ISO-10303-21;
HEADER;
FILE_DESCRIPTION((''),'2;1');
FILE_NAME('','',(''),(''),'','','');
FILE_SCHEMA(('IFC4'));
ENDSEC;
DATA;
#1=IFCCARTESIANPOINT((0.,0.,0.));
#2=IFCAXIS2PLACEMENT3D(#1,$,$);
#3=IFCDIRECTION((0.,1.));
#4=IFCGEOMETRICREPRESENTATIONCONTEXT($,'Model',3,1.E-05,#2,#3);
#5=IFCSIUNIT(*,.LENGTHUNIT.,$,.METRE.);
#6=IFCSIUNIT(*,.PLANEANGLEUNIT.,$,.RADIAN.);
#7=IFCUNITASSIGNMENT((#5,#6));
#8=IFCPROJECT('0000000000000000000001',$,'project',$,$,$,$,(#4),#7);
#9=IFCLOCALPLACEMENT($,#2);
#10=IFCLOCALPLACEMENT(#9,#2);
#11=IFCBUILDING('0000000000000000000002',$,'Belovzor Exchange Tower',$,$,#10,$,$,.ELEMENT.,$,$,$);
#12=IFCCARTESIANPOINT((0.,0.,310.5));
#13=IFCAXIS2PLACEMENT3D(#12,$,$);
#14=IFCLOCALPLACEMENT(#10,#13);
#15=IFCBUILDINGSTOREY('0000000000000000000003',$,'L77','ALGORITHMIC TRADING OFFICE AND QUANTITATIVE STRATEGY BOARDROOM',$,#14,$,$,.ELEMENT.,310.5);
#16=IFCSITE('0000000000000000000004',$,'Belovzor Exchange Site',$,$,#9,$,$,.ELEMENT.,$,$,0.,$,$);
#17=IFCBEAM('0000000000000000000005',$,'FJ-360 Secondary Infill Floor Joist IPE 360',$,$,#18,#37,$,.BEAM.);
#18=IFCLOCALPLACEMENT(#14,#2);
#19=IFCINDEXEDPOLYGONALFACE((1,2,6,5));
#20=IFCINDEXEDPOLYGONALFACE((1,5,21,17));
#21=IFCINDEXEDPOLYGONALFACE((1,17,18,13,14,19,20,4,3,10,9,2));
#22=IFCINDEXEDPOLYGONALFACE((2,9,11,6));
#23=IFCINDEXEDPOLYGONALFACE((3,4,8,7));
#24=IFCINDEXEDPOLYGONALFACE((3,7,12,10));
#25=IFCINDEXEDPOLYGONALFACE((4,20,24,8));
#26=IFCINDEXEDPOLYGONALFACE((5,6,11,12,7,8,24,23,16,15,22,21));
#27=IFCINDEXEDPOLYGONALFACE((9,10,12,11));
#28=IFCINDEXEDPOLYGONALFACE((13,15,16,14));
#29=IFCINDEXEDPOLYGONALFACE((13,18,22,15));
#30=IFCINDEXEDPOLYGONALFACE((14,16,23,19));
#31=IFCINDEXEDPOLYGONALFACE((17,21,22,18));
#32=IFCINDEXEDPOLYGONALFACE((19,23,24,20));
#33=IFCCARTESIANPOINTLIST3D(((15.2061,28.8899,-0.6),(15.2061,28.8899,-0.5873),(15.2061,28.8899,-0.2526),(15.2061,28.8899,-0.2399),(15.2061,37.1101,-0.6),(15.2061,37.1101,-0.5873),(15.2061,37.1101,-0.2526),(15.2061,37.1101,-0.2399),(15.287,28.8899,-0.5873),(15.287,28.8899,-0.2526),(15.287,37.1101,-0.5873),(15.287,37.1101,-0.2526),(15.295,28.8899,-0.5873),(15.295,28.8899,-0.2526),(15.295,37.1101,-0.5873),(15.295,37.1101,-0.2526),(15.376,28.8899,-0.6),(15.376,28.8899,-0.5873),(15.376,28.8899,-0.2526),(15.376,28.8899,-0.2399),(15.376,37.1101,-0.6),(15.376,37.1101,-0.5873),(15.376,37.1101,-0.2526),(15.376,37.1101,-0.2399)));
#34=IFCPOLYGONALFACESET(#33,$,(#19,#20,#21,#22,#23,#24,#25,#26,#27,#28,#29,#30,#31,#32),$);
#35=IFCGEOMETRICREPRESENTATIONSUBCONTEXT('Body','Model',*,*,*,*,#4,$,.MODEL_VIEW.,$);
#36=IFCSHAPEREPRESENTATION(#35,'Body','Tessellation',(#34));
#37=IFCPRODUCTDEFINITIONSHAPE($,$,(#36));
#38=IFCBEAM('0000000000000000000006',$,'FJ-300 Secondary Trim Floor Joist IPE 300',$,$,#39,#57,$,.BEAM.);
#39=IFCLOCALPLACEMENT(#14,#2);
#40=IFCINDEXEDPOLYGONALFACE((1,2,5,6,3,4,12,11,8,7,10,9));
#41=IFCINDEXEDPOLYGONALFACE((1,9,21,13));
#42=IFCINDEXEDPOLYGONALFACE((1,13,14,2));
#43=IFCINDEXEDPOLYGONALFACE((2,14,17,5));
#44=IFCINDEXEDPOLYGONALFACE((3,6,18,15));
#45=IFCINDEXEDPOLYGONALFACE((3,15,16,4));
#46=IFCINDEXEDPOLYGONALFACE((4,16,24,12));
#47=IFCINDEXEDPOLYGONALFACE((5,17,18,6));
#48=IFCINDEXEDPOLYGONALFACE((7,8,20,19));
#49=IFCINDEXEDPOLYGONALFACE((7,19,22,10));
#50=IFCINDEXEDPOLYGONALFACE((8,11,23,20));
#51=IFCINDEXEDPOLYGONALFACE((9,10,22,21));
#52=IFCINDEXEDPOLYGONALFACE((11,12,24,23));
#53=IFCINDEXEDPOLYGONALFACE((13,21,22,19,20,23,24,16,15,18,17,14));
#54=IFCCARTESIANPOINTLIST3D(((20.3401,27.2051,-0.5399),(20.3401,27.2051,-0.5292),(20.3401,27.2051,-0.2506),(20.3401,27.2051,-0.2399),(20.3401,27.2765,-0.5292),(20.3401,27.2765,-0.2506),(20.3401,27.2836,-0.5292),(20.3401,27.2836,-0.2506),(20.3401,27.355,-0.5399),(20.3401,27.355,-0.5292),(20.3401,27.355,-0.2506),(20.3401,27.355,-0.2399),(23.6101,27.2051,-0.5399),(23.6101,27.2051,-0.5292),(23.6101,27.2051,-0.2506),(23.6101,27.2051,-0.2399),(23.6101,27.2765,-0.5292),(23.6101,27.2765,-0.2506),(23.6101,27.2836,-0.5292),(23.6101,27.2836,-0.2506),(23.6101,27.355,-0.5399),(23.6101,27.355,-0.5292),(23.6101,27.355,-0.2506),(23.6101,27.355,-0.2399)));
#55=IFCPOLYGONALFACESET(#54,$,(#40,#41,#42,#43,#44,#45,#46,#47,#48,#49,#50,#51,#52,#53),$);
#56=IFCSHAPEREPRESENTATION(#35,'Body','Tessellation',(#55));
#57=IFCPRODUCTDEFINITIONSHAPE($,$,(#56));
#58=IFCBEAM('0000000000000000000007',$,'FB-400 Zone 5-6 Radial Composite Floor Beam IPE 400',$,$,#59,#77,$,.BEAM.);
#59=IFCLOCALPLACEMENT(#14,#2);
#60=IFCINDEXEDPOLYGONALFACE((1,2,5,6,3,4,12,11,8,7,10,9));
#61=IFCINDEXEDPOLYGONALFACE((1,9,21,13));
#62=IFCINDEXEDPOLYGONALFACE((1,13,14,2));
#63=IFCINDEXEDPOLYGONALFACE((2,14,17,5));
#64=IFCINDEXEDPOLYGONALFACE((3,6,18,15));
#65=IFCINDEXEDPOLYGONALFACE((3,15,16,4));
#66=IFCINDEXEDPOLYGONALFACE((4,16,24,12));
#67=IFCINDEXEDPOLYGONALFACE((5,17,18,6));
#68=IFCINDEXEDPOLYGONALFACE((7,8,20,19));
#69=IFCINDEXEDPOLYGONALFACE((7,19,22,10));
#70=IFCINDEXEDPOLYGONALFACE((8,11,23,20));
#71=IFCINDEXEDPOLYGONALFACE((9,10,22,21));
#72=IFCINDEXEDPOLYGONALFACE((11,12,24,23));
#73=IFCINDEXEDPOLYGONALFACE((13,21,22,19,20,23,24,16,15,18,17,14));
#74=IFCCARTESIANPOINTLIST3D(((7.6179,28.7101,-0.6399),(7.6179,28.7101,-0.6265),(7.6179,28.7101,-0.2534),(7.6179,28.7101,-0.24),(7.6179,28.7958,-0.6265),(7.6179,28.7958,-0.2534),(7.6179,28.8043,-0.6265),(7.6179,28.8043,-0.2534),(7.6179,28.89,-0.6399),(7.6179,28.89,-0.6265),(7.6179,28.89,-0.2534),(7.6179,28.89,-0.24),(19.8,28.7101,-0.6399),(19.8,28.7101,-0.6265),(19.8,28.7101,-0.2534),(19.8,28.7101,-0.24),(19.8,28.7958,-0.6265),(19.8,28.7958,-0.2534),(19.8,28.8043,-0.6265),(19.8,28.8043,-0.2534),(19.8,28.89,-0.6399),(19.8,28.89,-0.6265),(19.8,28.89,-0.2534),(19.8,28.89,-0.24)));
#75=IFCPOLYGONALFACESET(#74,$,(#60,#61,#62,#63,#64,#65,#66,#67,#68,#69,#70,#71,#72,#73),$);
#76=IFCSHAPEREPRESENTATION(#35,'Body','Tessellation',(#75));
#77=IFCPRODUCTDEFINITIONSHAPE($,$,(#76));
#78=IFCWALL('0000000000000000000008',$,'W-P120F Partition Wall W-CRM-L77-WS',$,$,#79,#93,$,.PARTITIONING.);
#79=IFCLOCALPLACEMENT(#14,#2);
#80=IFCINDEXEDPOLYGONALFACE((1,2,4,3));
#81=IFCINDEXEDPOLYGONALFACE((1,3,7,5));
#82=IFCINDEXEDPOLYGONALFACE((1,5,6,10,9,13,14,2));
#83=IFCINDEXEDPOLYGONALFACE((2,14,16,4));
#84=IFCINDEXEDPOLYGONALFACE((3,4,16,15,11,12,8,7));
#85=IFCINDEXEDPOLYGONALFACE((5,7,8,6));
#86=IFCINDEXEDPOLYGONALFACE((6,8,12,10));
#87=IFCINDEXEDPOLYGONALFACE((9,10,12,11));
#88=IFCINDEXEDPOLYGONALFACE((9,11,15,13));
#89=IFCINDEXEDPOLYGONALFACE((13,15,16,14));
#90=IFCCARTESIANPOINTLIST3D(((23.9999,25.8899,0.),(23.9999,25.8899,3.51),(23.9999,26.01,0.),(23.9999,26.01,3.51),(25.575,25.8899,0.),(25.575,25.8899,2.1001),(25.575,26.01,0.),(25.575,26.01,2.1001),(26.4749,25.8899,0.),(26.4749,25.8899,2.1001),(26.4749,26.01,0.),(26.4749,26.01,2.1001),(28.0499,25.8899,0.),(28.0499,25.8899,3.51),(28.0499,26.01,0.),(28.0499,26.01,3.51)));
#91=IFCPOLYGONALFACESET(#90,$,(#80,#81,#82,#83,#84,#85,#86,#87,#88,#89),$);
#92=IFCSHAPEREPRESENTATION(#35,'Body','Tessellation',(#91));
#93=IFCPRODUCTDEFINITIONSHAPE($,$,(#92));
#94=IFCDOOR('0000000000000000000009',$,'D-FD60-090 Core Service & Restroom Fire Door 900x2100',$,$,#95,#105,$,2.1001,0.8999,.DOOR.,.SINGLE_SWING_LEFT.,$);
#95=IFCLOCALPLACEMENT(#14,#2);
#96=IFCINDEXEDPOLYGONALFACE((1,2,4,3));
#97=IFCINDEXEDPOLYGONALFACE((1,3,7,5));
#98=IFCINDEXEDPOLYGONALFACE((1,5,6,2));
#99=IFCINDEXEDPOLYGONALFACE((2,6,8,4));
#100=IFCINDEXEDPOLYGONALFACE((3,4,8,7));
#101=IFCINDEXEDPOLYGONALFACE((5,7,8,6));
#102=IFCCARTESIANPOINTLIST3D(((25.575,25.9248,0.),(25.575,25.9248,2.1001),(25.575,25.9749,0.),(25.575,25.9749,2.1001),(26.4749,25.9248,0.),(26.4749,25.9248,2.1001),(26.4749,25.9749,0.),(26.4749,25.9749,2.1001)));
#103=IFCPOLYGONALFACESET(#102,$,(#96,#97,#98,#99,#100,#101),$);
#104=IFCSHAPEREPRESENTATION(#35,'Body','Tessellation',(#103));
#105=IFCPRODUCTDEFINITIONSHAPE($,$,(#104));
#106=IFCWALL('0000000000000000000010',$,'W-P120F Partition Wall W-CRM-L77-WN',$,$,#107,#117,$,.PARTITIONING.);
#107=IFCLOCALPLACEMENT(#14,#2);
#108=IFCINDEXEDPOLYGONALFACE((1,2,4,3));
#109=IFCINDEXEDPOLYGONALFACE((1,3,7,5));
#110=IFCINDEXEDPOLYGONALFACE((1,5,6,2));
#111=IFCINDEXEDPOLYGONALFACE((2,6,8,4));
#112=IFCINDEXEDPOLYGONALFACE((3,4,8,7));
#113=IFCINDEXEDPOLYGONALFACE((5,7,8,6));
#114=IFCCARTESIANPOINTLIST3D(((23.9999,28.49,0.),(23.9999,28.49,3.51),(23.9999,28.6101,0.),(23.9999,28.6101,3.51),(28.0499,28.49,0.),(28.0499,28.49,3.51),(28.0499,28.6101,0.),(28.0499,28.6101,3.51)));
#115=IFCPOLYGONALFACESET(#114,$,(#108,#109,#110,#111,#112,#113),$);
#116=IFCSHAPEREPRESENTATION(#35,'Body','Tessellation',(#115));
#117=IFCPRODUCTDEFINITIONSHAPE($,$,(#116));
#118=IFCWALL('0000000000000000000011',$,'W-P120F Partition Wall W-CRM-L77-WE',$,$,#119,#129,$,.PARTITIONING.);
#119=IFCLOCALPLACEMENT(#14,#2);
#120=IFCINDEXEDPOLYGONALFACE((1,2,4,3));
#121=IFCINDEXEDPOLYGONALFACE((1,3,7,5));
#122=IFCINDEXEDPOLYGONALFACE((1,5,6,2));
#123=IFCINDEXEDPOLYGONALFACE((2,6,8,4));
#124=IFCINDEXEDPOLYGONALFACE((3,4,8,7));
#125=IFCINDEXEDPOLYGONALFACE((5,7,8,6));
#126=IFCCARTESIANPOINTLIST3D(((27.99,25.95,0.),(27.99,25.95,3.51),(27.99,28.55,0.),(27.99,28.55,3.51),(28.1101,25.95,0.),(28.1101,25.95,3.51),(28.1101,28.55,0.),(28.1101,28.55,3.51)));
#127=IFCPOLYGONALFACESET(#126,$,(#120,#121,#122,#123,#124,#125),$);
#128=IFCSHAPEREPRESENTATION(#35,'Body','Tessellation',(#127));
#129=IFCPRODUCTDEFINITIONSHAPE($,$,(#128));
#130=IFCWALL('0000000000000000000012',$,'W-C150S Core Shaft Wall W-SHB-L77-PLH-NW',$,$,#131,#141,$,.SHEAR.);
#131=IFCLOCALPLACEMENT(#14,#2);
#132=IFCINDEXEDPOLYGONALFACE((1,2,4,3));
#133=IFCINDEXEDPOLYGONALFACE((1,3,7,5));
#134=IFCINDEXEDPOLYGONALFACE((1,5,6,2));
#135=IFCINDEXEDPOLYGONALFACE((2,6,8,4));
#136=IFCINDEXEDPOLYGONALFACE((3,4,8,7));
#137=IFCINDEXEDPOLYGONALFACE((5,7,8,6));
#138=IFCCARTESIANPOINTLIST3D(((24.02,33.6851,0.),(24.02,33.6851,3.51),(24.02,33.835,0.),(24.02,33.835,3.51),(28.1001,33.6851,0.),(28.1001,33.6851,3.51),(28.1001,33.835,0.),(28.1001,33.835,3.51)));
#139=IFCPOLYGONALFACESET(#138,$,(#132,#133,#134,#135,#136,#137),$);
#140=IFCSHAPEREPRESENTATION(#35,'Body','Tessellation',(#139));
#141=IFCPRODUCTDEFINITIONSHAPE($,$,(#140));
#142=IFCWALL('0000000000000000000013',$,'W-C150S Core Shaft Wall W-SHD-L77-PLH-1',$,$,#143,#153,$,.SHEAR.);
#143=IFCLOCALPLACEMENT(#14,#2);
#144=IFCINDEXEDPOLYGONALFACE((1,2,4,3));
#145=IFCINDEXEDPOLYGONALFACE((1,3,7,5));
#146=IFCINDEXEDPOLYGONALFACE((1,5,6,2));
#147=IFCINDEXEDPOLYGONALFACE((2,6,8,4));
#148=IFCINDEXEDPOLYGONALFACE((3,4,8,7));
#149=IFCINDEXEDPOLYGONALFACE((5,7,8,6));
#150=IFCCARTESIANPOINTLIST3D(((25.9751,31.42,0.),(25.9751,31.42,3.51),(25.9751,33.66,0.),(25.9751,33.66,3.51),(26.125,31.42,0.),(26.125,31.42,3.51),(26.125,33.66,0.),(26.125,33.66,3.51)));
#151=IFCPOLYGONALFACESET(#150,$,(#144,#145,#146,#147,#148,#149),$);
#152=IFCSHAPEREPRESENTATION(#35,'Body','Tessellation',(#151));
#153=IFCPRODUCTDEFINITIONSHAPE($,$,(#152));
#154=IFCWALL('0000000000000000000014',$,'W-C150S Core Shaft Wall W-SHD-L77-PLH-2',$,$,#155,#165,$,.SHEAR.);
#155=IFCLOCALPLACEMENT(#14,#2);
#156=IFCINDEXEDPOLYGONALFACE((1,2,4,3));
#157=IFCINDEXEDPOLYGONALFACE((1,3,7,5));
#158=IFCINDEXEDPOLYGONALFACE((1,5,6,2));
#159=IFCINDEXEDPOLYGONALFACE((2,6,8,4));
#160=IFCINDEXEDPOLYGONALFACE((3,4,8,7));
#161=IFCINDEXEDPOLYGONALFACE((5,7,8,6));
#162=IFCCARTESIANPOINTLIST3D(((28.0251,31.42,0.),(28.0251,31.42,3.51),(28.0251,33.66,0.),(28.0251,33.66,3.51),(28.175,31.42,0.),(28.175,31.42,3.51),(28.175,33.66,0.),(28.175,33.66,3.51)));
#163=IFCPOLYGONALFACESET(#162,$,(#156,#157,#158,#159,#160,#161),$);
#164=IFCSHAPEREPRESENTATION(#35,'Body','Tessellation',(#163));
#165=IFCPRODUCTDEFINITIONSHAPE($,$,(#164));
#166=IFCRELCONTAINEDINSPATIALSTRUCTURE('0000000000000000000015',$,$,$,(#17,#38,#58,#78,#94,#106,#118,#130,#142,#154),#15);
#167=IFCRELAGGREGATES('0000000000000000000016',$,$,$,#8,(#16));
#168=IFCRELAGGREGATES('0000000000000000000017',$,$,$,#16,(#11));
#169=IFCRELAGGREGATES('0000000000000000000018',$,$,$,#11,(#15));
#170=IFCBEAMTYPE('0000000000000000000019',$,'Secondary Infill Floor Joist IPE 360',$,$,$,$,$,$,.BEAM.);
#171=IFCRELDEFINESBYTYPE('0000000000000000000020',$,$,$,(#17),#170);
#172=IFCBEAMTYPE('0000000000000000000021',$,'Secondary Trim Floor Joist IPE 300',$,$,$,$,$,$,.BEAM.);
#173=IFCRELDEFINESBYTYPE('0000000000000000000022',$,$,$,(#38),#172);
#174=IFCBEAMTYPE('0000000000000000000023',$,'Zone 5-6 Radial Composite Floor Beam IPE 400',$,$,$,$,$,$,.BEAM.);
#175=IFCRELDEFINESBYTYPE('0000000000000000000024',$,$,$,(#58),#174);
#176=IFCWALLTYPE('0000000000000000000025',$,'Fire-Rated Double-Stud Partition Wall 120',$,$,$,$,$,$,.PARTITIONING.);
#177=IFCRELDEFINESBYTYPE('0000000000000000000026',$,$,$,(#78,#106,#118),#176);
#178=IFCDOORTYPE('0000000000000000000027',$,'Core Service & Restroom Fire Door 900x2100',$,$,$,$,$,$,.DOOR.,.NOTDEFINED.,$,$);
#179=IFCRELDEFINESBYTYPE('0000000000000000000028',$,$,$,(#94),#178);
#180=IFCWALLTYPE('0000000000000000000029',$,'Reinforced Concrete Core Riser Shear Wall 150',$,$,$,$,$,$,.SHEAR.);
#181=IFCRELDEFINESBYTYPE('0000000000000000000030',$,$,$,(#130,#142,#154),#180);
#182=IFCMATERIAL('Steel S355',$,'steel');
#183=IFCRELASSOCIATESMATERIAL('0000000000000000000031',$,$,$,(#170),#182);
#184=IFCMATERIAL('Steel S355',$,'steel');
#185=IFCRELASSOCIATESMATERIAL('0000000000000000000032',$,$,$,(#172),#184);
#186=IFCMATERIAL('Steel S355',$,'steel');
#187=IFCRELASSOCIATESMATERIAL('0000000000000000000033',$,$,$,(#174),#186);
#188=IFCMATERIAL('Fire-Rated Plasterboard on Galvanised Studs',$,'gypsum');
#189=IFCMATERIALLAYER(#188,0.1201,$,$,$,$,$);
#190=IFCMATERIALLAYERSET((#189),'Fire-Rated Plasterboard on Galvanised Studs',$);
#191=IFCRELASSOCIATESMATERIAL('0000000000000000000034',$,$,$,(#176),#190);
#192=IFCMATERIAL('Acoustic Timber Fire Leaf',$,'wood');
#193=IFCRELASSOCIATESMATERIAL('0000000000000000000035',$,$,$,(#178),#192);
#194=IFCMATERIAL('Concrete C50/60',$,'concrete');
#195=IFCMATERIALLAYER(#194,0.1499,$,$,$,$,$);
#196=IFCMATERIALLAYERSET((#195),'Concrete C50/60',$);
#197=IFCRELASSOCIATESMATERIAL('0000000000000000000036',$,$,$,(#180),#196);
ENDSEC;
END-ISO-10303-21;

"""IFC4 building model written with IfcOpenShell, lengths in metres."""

from ifc_helpers import new_model, si_unit, direction, frame, frame_2d, origin, origin_2d, place, context, subcontext, project, spatial, rectangle, i_section, extrude, material, layer, layer_set, material_profile, profile_set, type_object, element, fill, save


model = new_model("IFC4")

# Units and contexts
model_context = context("Model", 3, precision=1e-05, world=origin(), true_north=direction((0.0, 1.0)))
body_context = subcontext(model_context, "Body", "Model", "MODEL_VIEW")
ifc_project = project(units=[si_unit("LENGTHUNIT", "METRE"), si_unit("PLANEANGLEUNIT", "RADIAN")], contexts=[model_context])

# Site, building, storey
site_placement = place(None, origin())
site = spatial("IfcSite", under=ifc_project, at=site_placement, Name="Belovzor Exchange Site", CompositionType="ELEMENT", RefElevation=0.0)
building_placement = place(site_placement, origin())
building = spatial("IfcBuilding", under=site, at=building_placement, Name="Belovzor Exchange Tower", CompositionType="ELEMENT")
storey_placement = place(building_placement, frame((0.0, 0.0, 310.5)))
storey = spatial("IfcBuildingStorey", under=building, at=storey_placement, Name="L77", Description="ALGORITHMIC TRADING OFFICE AND QUANTITATIVE STRATEGY BOARDROOM", CompositionType="ELEMENT", Elevation=310.5)

# Beams
ifc_material_1 = material(Name="Steel S355", Category="steel")
ifc_material_profile_1 = material_profile(ifc_material_1, i_section(OverallWidth=0.1699, OverallDepth=0.3601, WebThickness=0.0081, FlangeThickness=0.0127, at=origin_2d()))
ifc_profile_set_1 = profile_set([ifc_material_profile_1], Name="Steel S355")
beam_type_1 = type_object("IfcBeamType", Name="Secondary Infill Floor Joist IPE 360", PredefinedType="BEAM", material=ifc_profile_set_1)
beam_1_placement = place(storey_placement, frame((15.291, 28.8899, -0.4199), z_axis=(0.0, 1.0, 0.0), x_axis=(-1.0, 0.0, 0.0)))
element("IfcBeam", 1, at=beam_1_placement, inside=storey, type_object=beam_type_1, Name="FJ-360 Secondary Infill Floor Joist IPE 360", PredefinedType="BEAM", context=body_context, shape_type="SweptSolid", body=[
    extrude(i_section(OverallWidth=0.1699, OverallDepth=0.3601, WebThickness=0.0081, FlangeThickness=0.0127, at=origin_2d()), origin(), (0.0, 0.0, 1.0), 8.2202),
])
ifc_material_2 = material(Name="Steel S355", Category="steel")
ifc_material_profile_2 = material_profile(ifc_material_2, i_section(OverallWidth=0.1499, OverallDepth=0.3, WebThickness=0.0071, FlangeThickness=0.0107, at=origin_2d()))
ifc_profile_set_2 = profile_set([ifc_material_profile_2], Name="Steel S355")
beam_type_2 = type_object("IfcBeamType", Name="Secondary Trim Floor Joist IPE 300", PredefinedType="BEAM", material=ifc_profile_set_2)
beam_2_placement = place(storey_placement, frame((20.3401, 27.28, -0.3899), z_axis=(1.0, 0.0, 0.0), x_axis=(0.0, 1.0, 0.0)))
element("IfcBeam", 2, at=beam_2_placement, inside=storey, type_object=beam_type_2, Name="FJ-300 Secondary Trim Floor Joist IPE 300", PredefinedType="BEAM", context=body_context, shape_type="SweptSolid", body=[
    extrude(i_section(OverallWidth=0.1499, OverallDepth=0.3, WebThickness=0.0071, FlangeThickness=0.0107, at=origin_2d()), origin(), (0.0, 0.0, 1.0), 3.27),
])
ifc_material_3 = material(Name="Steel S355", Category="steel")
ifc_material_profile_3 = material_profile(ifc_material_3, i_section(OverallWidth=0.1799, OverallDepth=0.3999, WebThickness=0.0085, FlangeThickness=0.0134, at=origin_2d()))
ifc_profile_set_3 = profile_set([ifc_material_profile_3], Name="Steel S355")
beam_type_3 = type_object("IfcBeamType", Name="Zone 5-6 Radial Composite Floor Beam IPE 400", PredefinedType="BEAM", material=ifc_profile_set_3)
beam_3_placement = place(storey_placement, frame((19.8, 28.8, -0.4399), z_axis=(-1.0, 0.0, 0.0), x_axis=(0.0, -1.0, 0.0)))
element("IfcBeam", 3, at=beam_3_placement, inside=storey, type_object=beam_type_3, Name="FB-400 Zone 5-6 Radial Composite Floor Beam IPE 400", PredefinedType="BEAM", context=body_context, shape_type="SweptSolid", body=[
    extrude(i_section(OverallWidth=0.1799, OverallDepth=0.3999, WebThickness=0.0085, FlangeThickness=0.0134, at=origin_2d()), origin(), (0.0, 0.0, 1.0), 12.1821),
])

# Wall, opening, door
ifc_material_4 = material(Name="Fire-Rated Plasterboard on Galvanised Studs", Category="gypsum")
ifc_layer_1 = layer(ifc_material_4, 0.1201)
ifc_layer_set_1 = layer_set([ifc_layer_1], Name="Fire-Rated Plasterboard on Galvanised Studs")
wall_type_1 = type_object("IfcWallType", Name="Fire-Rated Double-Stud Partition Wall 120", PredefinedType="PARTITIONING", material=ifc_layer_set_1)
wall_1_placement = place(storey_placement, frame((24.0, 25.95, 0.0), z_axis=(0.0, 0.0, 1.0), x_axis=(1.0, 0.0, 0.0)))
wall_1 = element("IfcWall", 4, at=wall_1_placement, inside=storey, type_object=wall_type_1, Name="W-P120F Partition Wall W-CRM-L77-WS", PredefinedType="PARTITIONING", context=body_context, shape_type="SweptSolid", body=[
    extrude(rectangle(XDim=4.05, YDim=0.1201, at=frame_2d((2.0249, 0.0))), origin(), (0.0, 0.0, 1.0), 3.51),
])
opening_1_placement = place(wall_1_placement, frame((1.575, 0.0, 0.0)))
opening_1 = element("IfcOpeningElement", 5, at=opening_1_placement, cuts=wall_1, PredefinedType="OPENING", context=body_context, shape_type="SweptSolid", body=[
    extrude(rectangle(XDim=0.8999, YDim=2.1001, at=frame_2d((0.45, 1.05))), frame((0.0, 0.0701, 0.0), z_axis=(0.0, -1.0, 0.0), x_axis=(1.0, 0.0, 0.0)), (0.0, 0.0, 1.0), 0.1401),
])
ifc_material_5 = material(Name="Acoustic Timber Fire Leaf", Category="wood")
door_type_1 = type_object("IfcDoorType", Name="Core Service & Restroom Fire Door 900x2100", OperationType="NOTDEFINED", PredefinedType="DOOR", material=ifc_material_5)
door_1_placement = place(opening_1_placement, origin())
door_1 = element("IfcDoor", 6, at=door_1_placement, inside=storey, type_object=door_type_1, Name="D-FD60-090 Core Service & Restroom Fire Door 900x2100", OperationType="SINGLE_SWING_LEFT", OverallHeight=2.1001, OverallWidth=0.8999, PredefinedType="DOOR", context=body_context, shape_type="SweptSolid", body=[
    extrude(rectangle(XDim=0.8999, YDim=2.1001, at=frame_2d((0.45, 1.05))), frame((0.0, 0.0249, 0.0), z_axis=(0.0, -1.0, 0.0), x_axis=(1.0, 0.0, 0.0)), (0.0, 0.0, 1.0), 0.05),
])
fill(opening_1, door_1)

# Walls
wall_2_placement = place(storey_placement, frame((24.0, 28.55, 0.0), z_axis=(0.0, 0.0, 1.0), x_axis=(1.0, 0.0, 0.0)))
element("IfcWall", 7, at=wall_2_placement, inside=storey, type_object=wall_type_1, Name="W-P120F Partition Wall W-CRM-L77-WN", PredefinedType="PARTITIONING", context=body_context, shape_type="SweptSolid", body=[
    extrude(rectangle(XDim=4.05, YDim=0.1201, at=frame_2d((2.0249, 0.0))), origin(), (0.0, 0.0, 1.0), 3.51),
])
wall_3_placement = place(storey_placement, frame((28.05, 25.95, 0.0), z_axis=(0.0, 0.0, 1.0), x_axis=(0.0, 1.0, 0.0)))
element("IfcWall", 8, at=wall_3_placement, inside=storey, type_object=wall_type_1, Name="W-P120F Partition Wall W-CRM-L77-WE", PredefinedType="PARTITIONING", context=body_context, shape_type="SweptSolid", body=[
    extrude(rectangle(XDim=2.6001, YDim=0.1201, at=frame_2d((1.3, 0.0))), origin(), (0.0, 0.0, 1.0), 3.51),
])
ifc_material_6 = material(Name="Concrete C50/60", Category="concrete")
ifc_layer_2 = layer(ifc_material_6, 0.1499)
ifc_layer_set_2 = layer_set([ifc_layer_2], Name="Concrete C50/60")
wall_type_2 = type_object("IfcWallType", Name="Reinforced Concrete Core Riser Shear Wall 150", PredefinedType="SHEAR", material=ifc_layer_set_2)
wall_4_placement = place(storey_placement, frame((24.02, 33.76, 0.0), z_axis=(0.0, 0.0, 1.0), x_axis=(1.0, 0.0, 0.0)))
element("IfcWall", 9, at=wall_4_placement, inside=storey, type_object=wall_type_2, Name="W-C150S Core Shaft Wall W-SHB-L77-PLH-NW", PredefinedType="SHEAR", context=body_context, shape_type="SweptSolid", body=[
    extrude(rectangle(XDim=4.0801, YDim=0.1499, at=frame_2d((2.04, 0.0))), origin(), (0.0, 0.0, 1.0), 3.51),
])
for number, where, z_axis, x_axis, name in (
    (10, (26.05, 31.4199, 0.0), (0.0, 0.0, 1.0), (0.0, 1.0, 0.0), "W-C150S Core Shaft Wall W-SHD-L77-PLH-1"),
    (11, (28.1001, 31.4199, 0.0), (0.0, 0.0, 1.0), (0.0, 1.0, 0.0), "W-C150S Core Shaft Wall W-SHD-L77-PLH-2"),
):
    element("IfcWall", number, at=place(storey_placement, frame(where, z_axis=z_axis, x_axis=x_axis)), inside=storey, type_object=wall_type_2, Name=name, PredefinedType="SHEAR", context=body_context, shape_type="SweptSolid", body=[
        extrude(rectangle(XDim=2.24, YDim=0.1499, at=frame_2d((1.1201, 0.0))), origin(), (0.0, 0.0, 1.0), 3.51),
    ])

save(model, "model.ifc")
